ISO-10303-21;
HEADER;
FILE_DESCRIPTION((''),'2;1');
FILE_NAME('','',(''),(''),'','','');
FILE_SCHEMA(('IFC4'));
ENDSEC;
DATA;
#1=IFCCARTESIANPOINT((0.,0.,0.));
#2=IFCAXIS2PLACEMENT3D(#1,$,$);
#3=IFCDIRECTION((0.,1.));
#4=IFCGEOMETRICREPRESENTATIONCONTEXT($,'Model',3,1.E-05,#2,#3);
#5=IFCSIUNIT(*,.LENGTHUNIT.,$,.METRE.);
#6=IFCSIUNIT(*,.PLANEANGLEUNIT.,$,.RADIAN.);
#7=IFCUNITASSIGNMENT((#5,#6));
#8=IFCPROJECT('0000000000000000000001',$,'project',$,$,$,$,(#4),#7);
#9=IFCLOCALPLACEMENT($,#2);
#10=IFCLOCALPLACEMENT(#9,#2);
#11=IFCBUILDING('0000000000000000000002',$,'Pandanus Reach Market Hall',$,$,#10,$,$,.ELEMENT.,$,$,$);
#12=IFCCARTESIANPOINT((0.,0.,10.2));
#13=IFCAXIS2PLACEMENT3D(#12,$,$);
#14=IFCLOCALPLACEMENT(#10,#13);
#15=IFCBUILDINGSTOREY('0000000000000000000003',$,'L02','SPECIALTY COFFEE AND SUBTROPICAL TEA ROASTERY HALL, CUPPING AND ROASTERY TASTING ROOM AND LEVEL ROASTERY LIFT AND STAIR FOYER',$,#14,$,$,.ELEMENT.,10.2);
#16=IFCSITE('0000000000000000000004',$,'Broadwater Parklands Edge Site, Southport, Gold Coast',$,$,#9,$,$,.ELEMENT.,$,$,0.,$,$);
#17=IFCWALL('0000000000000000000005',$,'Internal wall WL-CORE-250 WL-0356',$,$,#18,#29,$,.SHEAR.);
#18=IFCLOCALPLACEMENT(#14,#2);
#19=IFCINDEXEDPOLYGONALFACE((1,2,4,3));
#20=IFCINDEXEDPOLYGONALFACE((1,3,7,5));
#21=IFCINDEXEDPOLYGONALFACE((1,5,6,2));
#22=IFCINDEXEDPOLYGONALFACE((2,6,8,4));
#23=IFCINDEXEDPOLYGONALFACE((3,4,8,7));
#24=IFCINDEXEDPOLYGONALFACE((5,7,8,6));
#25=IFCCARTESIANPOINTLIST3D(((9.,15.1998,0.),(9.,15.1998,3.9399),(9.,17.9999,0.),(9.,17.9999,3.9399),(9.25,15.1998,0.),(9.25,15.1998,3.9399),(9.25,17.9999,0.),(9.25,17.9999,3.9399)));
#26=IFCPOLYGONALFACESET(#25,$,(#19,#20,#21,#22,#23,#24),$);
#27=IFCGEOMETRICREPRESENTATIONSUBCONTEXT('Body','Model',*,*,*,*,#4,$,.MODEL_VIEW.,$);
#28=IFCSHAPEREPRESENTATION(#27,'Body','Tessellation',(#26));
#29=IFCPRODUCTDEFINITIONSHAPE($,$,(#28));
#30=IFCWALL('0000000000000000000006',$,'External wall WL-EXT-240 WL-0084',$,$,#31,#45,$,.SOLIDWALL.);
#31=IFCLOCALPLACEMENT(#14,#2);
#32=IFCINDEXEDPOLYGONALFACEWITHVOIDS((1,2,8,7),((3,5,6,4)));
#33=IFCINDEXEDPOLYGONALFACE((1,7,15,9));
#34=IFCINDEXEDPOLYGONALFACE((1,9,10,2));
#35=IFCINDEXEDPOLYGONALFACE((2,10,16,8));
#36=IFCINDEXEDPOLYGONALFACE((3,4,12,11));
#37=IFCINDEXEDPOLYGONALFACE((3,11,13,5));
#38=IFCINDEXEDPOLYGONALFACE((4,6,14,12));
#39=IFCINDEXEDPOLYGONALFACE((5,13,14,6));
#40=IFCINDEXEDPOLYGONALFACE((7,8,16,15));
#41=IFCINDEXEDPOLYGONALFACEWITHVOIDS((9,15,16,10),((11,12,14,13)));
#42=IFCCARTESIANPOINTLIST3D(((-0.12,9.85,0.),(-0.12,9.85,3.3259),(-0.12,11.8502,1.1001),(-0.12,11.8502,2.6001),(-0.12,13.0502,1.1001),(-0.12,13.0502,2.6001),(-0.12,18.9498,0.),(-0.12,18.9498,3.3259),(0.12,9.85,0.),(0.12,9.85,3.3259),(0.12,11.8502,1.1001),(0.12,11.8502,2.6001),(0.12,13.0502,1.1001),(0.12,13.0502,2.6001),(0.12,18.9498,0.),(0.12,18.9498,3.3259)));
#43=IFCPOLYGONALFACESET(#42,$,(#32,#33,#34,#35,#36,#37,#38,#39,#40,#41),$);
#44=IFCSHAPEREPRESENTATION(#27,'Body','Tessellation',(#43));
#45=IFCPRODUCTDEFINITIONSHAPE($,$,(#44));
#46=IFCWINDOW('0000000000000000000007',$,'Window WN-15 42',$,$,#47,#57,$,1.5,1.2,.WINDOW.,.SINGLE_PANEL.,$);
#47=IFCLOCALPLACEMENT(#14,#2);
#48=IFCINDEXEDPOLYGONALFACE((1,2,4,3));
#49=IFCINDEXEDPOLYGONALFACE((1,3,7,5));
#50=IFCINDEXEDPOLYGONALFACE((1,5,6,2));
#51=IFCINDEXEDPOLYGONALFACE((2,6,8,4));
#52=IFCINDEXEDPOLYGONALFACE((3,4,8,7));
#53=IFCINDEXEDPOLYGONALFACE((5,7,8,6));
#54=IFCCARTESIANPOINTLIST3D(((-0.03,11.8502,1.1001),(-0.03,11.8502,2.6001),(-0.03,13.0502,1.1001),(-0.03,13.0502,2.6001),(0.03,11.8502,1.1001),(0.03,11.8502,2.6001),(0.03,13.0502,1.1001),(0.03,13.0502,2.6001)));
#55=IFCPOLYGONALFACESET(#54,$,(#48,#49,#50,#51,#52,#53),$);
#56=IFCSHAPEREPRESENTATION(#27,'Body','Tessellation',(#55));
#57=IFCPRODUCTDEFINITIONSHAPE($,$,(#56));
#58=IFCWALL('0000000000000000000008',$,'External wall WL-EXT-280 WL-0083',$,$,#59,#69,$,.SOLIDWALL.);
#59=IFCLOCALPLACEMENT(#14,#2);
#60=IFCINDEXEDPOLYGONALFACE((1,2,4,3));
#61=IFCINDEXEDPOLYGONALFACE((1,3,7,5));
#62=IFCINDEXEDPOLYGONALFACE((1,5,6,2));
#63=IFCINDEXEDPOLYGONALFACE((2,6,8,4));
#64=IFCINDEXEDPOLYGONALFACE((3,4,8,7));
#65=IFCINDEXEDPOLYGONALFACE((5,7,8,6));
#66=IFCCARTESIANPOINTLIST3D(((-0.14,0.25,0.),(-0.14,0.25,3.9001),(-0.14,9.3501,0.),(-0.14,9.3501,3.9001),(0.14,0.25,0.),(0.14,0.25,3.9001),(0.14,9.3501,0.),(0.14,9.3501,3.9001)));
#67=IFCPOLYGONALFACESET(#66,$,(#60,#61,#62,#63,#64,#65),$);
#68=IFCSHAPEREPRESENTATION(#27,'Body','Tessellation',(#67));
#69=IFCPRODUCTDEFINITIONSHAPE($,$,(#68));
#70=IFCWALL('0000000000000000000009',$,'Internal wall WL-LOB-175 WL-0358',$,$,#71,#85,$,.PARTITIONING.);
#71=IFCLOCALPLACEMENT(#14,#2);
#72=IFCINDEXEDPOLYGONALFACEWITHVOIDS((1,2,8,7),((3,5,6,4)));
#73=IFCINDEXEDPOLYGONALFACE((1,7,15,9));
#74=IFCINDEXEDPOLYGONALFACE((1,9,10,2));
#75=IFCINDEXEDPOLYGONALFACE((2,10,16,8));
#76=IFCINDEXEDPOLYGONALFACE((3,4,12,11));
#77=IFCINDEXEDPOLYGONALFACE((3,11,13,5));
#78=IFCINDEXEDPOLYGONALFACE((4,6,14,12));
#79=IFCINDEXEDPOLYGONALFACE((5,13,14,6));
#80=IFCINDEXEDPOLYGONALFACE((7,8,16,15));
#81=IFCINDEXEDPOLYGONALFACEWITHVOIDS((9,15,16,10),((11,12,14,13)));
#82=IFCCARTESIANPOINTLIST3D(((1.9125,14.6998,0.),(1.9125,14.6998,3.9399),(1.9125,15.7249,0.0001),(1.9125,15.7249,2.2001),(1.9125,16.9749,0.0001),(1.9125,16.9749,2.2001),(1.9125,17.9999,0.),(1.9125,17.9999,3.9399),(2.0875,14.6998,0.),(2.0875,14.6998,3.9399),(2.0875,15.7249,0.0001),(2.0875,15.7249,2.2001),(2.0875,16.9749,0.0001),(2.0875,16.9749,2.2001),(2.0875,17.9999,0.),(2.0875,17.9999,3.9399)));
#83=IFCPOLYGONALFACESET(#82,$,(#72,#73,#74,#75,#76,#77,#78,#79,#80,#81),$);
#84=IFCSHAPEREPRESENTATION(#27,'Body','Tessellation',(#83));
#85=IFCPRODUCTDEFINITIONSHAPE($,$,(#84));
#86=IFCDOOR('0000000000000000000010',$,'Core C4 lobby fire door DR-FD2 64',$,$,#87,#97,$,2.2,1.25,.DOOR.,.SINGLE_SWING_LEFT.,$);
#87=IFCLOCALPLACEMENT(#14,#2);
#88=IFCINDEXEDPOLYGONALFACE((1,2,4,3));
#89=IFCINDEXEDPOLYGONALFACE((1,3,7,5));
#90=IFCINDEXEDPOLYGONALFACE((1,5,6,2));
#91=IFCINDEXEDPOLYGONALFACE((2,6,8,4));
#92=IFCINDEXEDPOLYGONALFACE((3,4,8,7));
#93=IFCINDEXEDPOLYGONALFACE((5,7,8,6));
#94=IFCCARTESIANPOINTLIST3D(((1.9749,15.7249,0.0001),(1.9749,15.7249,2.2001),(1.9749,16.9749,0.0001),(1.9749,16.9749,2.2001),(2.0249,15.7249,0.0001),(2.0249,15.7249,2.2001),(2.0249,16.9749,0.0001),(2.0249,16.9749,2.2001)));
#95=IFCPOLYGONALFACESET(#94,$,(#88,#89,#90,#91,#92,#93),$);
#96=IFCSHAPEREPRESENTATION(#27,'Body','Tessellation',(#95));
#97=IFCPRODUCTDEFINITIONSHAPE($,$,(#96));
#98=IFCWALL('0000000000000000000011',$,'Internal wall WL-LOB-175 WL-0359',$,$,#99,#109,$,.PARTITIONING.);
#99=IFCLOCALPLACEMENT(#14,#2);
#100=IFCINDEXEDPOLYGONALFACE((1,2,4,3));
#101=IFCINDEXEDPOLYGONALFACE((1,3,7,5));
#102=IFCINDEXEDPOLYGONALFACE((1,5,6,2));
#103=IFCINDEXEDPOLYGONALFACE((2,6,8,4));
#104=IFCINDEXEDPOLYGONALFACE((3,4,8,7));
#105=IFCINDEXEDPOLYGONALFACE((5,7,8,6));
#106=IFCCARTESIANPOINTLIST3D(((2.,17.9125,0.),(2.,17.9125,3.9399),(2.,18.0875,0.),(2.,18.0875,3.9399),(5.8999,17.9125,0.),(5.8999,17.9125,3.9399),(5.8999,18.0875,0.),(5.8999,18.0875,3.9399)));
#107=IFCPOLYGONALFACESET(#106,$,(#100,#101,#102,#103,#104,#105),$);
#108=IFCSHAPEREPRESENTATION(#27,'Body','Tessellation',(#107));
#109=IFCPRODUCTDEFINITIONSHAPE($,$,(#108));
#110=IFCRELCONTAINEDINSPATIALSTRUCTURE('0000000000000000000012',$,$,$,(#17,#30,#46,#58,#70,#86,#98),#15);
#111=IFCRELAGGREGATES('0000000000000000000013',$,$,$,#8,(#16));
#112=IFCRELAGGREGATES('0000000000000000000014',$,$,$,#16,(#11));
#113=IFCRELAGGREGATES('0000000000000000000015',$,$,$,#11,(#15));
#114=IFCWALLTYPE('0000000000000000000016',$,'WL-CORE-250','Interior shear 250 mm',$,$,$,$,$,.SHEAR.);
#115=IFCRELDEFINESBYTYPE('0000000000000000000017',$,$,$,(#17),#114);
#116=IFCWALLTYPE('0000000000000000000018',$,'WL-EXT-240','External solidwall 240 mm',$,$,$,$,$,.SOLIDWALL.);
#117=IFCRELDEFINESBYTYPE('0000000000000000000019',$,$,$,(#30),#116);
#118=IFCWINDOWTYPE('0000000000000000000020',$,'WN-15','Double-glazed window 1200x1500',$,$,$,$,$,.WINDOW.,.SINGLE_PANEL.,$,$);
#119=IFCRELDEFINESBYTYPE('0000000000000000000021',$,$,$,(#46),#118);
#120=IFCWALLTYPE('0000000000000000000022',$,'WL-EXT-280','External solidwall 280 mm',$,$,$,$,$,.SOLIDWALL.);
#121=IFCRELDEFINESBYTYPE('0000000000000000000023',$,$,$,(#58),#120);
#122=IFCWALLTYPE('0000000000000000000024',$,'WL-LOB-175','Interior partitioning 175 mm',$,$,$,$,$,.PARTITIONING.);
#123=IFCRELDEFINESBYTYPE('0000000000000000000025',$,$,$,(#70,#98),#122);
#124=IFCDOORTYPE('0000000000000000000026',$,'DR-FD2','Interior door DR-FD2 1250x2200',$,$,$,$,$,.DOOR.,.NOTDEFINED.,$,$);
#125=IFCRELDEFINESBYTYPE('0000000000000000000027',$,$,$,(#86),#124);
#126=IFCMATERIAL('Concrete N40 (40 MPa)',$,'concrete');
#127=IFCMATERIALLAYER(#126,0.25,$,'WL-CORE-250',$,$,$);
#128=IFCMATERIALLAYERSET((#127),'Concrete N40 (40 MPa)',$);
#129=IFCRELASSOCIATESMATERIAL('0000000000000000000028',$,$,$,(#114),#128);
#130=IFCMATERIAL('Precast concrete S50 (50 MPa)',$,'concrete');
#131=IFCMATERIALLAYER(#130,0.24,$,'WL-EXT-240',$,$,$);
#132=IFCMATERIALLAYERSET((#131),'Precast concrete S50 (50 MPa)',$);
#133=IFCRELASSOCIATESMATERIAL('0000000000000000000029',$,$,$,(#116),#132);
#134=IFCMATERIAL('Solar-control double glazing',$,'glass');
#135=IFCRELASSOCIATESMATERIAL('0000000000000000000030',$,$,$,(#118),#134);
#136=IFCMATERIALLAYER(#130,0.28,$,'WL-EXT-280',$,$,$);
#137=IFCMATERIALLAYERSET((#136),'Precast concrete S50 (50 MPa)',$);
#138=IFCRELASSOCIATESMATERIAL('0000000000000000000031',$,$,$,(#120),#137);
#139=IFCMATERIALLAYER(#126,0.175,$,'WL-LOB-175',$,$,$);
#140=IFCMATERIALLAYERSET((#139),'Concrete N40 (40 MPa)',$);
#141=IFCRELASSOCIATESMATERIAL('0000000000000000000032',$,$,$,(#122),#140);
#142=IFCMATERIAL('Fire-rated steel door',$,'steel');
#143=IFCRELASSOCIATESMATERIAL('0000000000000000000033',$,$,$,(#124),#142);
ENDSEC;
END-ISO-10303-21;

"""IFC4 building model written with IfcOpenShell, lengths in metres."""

from ifc_helpers import new_model, si_unit, direction, frame, frame_2d, origin, place, context, subcontext, project, spatial, rectangle, extrude, material, layer, layer_set, type_object, element, fill, save


model = new_model("IFC4")

# Units and contexts
model_context = context("Model", 3, precision=1e-05, world=origin(), true_north=direction((0.0, 1.0)))
body_context = subcontext(model_context, "Body", "Model", "MODEL_VIEW")
ifc_project = project(units=[si_unit("LENGTHUNIT", "METRE"), si_unit("PLANEANGLEUNIT", "RADIAN")], contexts=[model_context])

# Site, building, storey
site_placement = place(None, origin())
site = spatial("IfcSite", under=ifc_project, at=site_placement, Name="Broadwater Parklands Edge Site, Southport, Gold Coast", CompositionType="ELEMENT", RefElevation=0.0)
building_placement = place(site_placement, origin())
building = spatial("IfcBuilding", under=site, at=building_placement, Name="Pandanus Reach Market Hall", CompositionType="ELEMENT")
storey_placement = place(building_placement, frame((0.0, 0.0, 10.2)))
storey = spatial("IfcBuildingStorey", under=building, at=storey_placement, Name="L02", Description="SPECIALTY COFFEE AND SUBTROPICAL TEA ROASTERY HALL, CUPPING AND ROASTERY TASTING ROOM AND LEVEL ROASTERY LIFT AND STAIR FOYER", CompositionType="ELEMENT", Elevation=10.2)

# Shared definitions
ifc_material_1 = material(Name="Concrete N40 (40 MPa)", Category="concrete")

# Shared definitions
ifc_layer_1 = layer(ifc_material_1, 0.25, Name="WL-CORE-250")
ifc_layer_set_1 = layer_set([ifc_layer_1], Name="Concrete N40 (40 MPa)")
wall_type_1 = type_object("IfcWallType", Name="WL-CORE-250", Description="Interior shear 250 mm", PredefinedType="SHEAR", material=ifc_layer_set_1)

# Shared definitions
ifc_material_2 = material(Name="Fire-rated steel door", Category="steel")

# Wall
wall_1_placement = place(storey_placement, frame((9.125, 15.2, 0.0), z_axis=(0.0, 0.0, 1.0), x_axis=(0.0, 1.0, 0.0)))
element("IfcWall", 1, at=wall_1_placement, inside=storey, type_object=wall_type_1, Name="Internal wall WL-CORE-250 WL-0356", PredefinedType="SHEAR", context=body_context, shape_type="SweptSolid", body=[
    extrude(rectangle(XDim=2.8, YDim=0.25, at=frame_2d((1.3999, 0.0))), origin(), (0.0, 0.0, 1.0), 3.9399),
])

# Wall, opening, window
ifc_material_3 = material(Name="Precast concrete S50 (50 MPa)", Category="concrete")
ifc_layer_2 = layer(ifc_material_3, 0.24, Name="WL-EXT-240")
ifc_layer_set_2 = layer_set([ifc_layer_2], Name="Precast concrete S50 (50 MPa)")
wall_type_2 = type_object("IfcWallType", Name="WL-EXT-240", Description="External solidwall 240 mm", PredefinedType="SOLIDWALL", material=ifc_layer_set_2)
wall_2_placement = place(storey_placement, frame((0.0, 9.8501, 0.0), z_axis=(0.0, 0.0, 1.0), x_axis=(0.0, 1.0, 0.0)))
wall_2 = element("IfcWall", 2, at=wall_2_placement, inside=storey, type_object=wall_type_2, Name="External wall WL-EXT-240 WL-0084", PredefinedType="SOLIDWALL", context=body_context, shape_type="SweptSolid", body=[
    extrude(rectangle(XDim=9.0999, YDim=0.24, at=frame_2d((4.5498, 0.0))), origin(), (0.0, 0.0, 1.0), 3.3259),
])
opening_1_placement = place(wall_2_placement, frame((2.0, 0.0, 1.1001)))
opening_1 = element("IfcOpeningElement", 3, at=opening_1_placement, cuts=wall_2, PredefinedType="OPENING", context=body_context, shape_type="SweptSolid", body=[
    extrude(rectangle(XDim=1.2, YDim=1.5, at=frame_2d((0.6001, 0.75))), frame((0.0, 0.135, 0.0), z_axis=(0.0, -1.0, 0.0), x_axis=(1.0, 0.0, 0.0)), (0.0, 0.0, 1.0), 0.27),
])
ifc_material_4 = material(Name="Solar-control double glazing", Category="glass")
window_type = type_object("IfcWindowType", Name="WN-15", Description="Double-glazed window 1200x1500", PartitioningType="SINGLE_PANEL", PredefinedType="WINDOW", material=ifc_material_4)
window_placement = place(opening_1_placement, origin())
window = element("IfcWindow", 4, at=window_placement, inside=storey, type_object=window_type, Name="Window WN-15 42", OverallHeight=1.5, OverallWidth=1.2, PartitioningType="SINGLE_PANEL", PredefinedType="WINDOW", context=body_context, shape_type="SweptSolid", body=[
    extrude(rectangle(XDim=1.2, YDim=1.5, at=frame_2d((0.6001, 0.75))), frame((0.0, 0.03, 0.0), z_axis=(0.0, -1.0, 0.0), x_axis=(1.0, 0.0, 0.0)), (0.0, 0.0, 1.0), 0.0601),
])
fill(opening_1, window)

# Wall
ifc_layer_3 = layer(ifc_material_3, 0.28, Name="WL-EXT-280")
ifc_layer_set_3 = layer_set([ifc_layer_3], Name="Precast concrete S50 (50 MPa)")
wall_type_3 = type_object("IfcWallType", Name="WL-EXT-280", Description="External solidwall 280 mm", PredefinedType="SOLIDWALL", material=ifc_layer_set_3)
wall_3_placement = place(storey_placement, frame((0.0, 0.25, 0.0), z_axis=(0.0, 0.0, 1.0), x_axis=(0.0, 1.0, 0.0)))
element("IfcWall", 5, at=wall_3_placement, inside=storey, type_object=wall_type_3, Name="External wall WL-EXT-280 WL-0083", PredefinedType="SOLIDWALL", context=body_context, shape_type="SweptSolid", body=[
    extrude(rectangle(XDim=9.1001, YDim=0.28, at=frame_2d((4.55, 0.0))), origin(), (0.0, 0.0, 1.0), 3.9001),
])

# Wall, opening, door
ifc_layer_4 = layer(ifc_material_1, 0.175, Name="WL-LOB-175")
ifc_layer_set_4 = layer_set([ifc_layer_4], Name="Concrete N40 (40 MPa)")
wall_type_4 = type_object("IfcWallType", Name="WL-LOB-175", Description="Interior partitioning 175 mm", PredefinedType="PARTITIONING", material=ifc_layer_set_4)
wall_4_placement = place(storey_placement, frame((2.0, 14.7, 0.0), z_axis=(0.0, 0.0, 1.0), x_axis=(0.0, 1.0, 0.0)))
wall_4 = element("IfcWall", 6, at=wall_4_placement, inside=storey, type_object=wall_type_4, Name="Internal wall WL-LOB-175 WL-0358", PredefinedType="PARTITIONING", context=body_context, shape_type="SweptSolid", body=[
    extrude(rectangle(XDim=3.3, YDim=0.175, at=frame_2d((1.6499, 0.0))), origin(), (0.0, 0.0, 1.0), 3.9399),
])
opening_2_placement = place(wall_4_placement, frame((1.0249, 0.0, 0.0)))
opening_2 = element("IfcOpeningElement", 7, at=opening_2_placement, cuts=wall_4, PredefinedType="OPENING", context=body_context, shape_type="SweptSolid", body=[
    extrude(rectangle(XDim=1.25, YDim=2.2, at=frame_2d((0.625, 1.1001))), frame((0.0, 0.1025, 0.0), z_axis=(0.0, -1.0, 0.0), x_axis=(1.0, 0.0, 0.0)), (0.0, 0.0, 1.0), 0.2051),
])
door_type_1 = type_object("IfcDoorType", Name="DR-FD2", Description="Interior door DR-FD2 1250x2200", OperationType="NOTDEFINED", PredefinedType="DOOR", material=ifc_material_2)
door_1_placement = place(opening_2_placement, frame((1.25, 0.0, 0.0), z_axis=(0.0, 0.0, 1.0), x_axis=(-1.0, 0.0, 0.0)))
door_1 = element("IfcDoor", 8, at=door_1_placement, inside=storey, type_object=door_type_1, Name="Core C4 lobby fire door DR-FD2 64", OperationType="SINGLE_SWING_LEFT", OverallHeight=2.2, OverallWidth=1.25, PredefinedType="DOOR", context=body_context, shape_type="SweptSolid", body=[
    extrude(rectangle(XDim=1.25, YDim=2.2, at=frame_2d((0.625, 1.1001))), frame((0.0, 0.0249, 0.0), z_axis=(0.0, -1.0, 0.0), x_axis=(1.0, 0.0, 0.0)), (0.0, 0.0, 1.0), 0.05),
])
fill(opening_2, door_1)

# Wall
wall_5_placement = place(storey_placement, frame((2.0, 18.0, 0.0), z_axis=(0.0, 0.0, 1.0), x_axis=(1.0, 0.0, 0.0)))
element("IfcWall", 9, at=wall_5_placement, inside=storey, type_object=wall_type_4, Name="Internal wall WL-LOB-175 WL-0359", PredefinedType="PARTITIONING", context=body_context, shape_type="SweptSolid", body=[
    extrude(rectangle(XDim=3.8999, YDim=0.175, at=frame_2d((1.95, 0.0))), origin(), (0.0, 0.0, 1.0), 3.9399),
])

save(model, "model.ifc")
